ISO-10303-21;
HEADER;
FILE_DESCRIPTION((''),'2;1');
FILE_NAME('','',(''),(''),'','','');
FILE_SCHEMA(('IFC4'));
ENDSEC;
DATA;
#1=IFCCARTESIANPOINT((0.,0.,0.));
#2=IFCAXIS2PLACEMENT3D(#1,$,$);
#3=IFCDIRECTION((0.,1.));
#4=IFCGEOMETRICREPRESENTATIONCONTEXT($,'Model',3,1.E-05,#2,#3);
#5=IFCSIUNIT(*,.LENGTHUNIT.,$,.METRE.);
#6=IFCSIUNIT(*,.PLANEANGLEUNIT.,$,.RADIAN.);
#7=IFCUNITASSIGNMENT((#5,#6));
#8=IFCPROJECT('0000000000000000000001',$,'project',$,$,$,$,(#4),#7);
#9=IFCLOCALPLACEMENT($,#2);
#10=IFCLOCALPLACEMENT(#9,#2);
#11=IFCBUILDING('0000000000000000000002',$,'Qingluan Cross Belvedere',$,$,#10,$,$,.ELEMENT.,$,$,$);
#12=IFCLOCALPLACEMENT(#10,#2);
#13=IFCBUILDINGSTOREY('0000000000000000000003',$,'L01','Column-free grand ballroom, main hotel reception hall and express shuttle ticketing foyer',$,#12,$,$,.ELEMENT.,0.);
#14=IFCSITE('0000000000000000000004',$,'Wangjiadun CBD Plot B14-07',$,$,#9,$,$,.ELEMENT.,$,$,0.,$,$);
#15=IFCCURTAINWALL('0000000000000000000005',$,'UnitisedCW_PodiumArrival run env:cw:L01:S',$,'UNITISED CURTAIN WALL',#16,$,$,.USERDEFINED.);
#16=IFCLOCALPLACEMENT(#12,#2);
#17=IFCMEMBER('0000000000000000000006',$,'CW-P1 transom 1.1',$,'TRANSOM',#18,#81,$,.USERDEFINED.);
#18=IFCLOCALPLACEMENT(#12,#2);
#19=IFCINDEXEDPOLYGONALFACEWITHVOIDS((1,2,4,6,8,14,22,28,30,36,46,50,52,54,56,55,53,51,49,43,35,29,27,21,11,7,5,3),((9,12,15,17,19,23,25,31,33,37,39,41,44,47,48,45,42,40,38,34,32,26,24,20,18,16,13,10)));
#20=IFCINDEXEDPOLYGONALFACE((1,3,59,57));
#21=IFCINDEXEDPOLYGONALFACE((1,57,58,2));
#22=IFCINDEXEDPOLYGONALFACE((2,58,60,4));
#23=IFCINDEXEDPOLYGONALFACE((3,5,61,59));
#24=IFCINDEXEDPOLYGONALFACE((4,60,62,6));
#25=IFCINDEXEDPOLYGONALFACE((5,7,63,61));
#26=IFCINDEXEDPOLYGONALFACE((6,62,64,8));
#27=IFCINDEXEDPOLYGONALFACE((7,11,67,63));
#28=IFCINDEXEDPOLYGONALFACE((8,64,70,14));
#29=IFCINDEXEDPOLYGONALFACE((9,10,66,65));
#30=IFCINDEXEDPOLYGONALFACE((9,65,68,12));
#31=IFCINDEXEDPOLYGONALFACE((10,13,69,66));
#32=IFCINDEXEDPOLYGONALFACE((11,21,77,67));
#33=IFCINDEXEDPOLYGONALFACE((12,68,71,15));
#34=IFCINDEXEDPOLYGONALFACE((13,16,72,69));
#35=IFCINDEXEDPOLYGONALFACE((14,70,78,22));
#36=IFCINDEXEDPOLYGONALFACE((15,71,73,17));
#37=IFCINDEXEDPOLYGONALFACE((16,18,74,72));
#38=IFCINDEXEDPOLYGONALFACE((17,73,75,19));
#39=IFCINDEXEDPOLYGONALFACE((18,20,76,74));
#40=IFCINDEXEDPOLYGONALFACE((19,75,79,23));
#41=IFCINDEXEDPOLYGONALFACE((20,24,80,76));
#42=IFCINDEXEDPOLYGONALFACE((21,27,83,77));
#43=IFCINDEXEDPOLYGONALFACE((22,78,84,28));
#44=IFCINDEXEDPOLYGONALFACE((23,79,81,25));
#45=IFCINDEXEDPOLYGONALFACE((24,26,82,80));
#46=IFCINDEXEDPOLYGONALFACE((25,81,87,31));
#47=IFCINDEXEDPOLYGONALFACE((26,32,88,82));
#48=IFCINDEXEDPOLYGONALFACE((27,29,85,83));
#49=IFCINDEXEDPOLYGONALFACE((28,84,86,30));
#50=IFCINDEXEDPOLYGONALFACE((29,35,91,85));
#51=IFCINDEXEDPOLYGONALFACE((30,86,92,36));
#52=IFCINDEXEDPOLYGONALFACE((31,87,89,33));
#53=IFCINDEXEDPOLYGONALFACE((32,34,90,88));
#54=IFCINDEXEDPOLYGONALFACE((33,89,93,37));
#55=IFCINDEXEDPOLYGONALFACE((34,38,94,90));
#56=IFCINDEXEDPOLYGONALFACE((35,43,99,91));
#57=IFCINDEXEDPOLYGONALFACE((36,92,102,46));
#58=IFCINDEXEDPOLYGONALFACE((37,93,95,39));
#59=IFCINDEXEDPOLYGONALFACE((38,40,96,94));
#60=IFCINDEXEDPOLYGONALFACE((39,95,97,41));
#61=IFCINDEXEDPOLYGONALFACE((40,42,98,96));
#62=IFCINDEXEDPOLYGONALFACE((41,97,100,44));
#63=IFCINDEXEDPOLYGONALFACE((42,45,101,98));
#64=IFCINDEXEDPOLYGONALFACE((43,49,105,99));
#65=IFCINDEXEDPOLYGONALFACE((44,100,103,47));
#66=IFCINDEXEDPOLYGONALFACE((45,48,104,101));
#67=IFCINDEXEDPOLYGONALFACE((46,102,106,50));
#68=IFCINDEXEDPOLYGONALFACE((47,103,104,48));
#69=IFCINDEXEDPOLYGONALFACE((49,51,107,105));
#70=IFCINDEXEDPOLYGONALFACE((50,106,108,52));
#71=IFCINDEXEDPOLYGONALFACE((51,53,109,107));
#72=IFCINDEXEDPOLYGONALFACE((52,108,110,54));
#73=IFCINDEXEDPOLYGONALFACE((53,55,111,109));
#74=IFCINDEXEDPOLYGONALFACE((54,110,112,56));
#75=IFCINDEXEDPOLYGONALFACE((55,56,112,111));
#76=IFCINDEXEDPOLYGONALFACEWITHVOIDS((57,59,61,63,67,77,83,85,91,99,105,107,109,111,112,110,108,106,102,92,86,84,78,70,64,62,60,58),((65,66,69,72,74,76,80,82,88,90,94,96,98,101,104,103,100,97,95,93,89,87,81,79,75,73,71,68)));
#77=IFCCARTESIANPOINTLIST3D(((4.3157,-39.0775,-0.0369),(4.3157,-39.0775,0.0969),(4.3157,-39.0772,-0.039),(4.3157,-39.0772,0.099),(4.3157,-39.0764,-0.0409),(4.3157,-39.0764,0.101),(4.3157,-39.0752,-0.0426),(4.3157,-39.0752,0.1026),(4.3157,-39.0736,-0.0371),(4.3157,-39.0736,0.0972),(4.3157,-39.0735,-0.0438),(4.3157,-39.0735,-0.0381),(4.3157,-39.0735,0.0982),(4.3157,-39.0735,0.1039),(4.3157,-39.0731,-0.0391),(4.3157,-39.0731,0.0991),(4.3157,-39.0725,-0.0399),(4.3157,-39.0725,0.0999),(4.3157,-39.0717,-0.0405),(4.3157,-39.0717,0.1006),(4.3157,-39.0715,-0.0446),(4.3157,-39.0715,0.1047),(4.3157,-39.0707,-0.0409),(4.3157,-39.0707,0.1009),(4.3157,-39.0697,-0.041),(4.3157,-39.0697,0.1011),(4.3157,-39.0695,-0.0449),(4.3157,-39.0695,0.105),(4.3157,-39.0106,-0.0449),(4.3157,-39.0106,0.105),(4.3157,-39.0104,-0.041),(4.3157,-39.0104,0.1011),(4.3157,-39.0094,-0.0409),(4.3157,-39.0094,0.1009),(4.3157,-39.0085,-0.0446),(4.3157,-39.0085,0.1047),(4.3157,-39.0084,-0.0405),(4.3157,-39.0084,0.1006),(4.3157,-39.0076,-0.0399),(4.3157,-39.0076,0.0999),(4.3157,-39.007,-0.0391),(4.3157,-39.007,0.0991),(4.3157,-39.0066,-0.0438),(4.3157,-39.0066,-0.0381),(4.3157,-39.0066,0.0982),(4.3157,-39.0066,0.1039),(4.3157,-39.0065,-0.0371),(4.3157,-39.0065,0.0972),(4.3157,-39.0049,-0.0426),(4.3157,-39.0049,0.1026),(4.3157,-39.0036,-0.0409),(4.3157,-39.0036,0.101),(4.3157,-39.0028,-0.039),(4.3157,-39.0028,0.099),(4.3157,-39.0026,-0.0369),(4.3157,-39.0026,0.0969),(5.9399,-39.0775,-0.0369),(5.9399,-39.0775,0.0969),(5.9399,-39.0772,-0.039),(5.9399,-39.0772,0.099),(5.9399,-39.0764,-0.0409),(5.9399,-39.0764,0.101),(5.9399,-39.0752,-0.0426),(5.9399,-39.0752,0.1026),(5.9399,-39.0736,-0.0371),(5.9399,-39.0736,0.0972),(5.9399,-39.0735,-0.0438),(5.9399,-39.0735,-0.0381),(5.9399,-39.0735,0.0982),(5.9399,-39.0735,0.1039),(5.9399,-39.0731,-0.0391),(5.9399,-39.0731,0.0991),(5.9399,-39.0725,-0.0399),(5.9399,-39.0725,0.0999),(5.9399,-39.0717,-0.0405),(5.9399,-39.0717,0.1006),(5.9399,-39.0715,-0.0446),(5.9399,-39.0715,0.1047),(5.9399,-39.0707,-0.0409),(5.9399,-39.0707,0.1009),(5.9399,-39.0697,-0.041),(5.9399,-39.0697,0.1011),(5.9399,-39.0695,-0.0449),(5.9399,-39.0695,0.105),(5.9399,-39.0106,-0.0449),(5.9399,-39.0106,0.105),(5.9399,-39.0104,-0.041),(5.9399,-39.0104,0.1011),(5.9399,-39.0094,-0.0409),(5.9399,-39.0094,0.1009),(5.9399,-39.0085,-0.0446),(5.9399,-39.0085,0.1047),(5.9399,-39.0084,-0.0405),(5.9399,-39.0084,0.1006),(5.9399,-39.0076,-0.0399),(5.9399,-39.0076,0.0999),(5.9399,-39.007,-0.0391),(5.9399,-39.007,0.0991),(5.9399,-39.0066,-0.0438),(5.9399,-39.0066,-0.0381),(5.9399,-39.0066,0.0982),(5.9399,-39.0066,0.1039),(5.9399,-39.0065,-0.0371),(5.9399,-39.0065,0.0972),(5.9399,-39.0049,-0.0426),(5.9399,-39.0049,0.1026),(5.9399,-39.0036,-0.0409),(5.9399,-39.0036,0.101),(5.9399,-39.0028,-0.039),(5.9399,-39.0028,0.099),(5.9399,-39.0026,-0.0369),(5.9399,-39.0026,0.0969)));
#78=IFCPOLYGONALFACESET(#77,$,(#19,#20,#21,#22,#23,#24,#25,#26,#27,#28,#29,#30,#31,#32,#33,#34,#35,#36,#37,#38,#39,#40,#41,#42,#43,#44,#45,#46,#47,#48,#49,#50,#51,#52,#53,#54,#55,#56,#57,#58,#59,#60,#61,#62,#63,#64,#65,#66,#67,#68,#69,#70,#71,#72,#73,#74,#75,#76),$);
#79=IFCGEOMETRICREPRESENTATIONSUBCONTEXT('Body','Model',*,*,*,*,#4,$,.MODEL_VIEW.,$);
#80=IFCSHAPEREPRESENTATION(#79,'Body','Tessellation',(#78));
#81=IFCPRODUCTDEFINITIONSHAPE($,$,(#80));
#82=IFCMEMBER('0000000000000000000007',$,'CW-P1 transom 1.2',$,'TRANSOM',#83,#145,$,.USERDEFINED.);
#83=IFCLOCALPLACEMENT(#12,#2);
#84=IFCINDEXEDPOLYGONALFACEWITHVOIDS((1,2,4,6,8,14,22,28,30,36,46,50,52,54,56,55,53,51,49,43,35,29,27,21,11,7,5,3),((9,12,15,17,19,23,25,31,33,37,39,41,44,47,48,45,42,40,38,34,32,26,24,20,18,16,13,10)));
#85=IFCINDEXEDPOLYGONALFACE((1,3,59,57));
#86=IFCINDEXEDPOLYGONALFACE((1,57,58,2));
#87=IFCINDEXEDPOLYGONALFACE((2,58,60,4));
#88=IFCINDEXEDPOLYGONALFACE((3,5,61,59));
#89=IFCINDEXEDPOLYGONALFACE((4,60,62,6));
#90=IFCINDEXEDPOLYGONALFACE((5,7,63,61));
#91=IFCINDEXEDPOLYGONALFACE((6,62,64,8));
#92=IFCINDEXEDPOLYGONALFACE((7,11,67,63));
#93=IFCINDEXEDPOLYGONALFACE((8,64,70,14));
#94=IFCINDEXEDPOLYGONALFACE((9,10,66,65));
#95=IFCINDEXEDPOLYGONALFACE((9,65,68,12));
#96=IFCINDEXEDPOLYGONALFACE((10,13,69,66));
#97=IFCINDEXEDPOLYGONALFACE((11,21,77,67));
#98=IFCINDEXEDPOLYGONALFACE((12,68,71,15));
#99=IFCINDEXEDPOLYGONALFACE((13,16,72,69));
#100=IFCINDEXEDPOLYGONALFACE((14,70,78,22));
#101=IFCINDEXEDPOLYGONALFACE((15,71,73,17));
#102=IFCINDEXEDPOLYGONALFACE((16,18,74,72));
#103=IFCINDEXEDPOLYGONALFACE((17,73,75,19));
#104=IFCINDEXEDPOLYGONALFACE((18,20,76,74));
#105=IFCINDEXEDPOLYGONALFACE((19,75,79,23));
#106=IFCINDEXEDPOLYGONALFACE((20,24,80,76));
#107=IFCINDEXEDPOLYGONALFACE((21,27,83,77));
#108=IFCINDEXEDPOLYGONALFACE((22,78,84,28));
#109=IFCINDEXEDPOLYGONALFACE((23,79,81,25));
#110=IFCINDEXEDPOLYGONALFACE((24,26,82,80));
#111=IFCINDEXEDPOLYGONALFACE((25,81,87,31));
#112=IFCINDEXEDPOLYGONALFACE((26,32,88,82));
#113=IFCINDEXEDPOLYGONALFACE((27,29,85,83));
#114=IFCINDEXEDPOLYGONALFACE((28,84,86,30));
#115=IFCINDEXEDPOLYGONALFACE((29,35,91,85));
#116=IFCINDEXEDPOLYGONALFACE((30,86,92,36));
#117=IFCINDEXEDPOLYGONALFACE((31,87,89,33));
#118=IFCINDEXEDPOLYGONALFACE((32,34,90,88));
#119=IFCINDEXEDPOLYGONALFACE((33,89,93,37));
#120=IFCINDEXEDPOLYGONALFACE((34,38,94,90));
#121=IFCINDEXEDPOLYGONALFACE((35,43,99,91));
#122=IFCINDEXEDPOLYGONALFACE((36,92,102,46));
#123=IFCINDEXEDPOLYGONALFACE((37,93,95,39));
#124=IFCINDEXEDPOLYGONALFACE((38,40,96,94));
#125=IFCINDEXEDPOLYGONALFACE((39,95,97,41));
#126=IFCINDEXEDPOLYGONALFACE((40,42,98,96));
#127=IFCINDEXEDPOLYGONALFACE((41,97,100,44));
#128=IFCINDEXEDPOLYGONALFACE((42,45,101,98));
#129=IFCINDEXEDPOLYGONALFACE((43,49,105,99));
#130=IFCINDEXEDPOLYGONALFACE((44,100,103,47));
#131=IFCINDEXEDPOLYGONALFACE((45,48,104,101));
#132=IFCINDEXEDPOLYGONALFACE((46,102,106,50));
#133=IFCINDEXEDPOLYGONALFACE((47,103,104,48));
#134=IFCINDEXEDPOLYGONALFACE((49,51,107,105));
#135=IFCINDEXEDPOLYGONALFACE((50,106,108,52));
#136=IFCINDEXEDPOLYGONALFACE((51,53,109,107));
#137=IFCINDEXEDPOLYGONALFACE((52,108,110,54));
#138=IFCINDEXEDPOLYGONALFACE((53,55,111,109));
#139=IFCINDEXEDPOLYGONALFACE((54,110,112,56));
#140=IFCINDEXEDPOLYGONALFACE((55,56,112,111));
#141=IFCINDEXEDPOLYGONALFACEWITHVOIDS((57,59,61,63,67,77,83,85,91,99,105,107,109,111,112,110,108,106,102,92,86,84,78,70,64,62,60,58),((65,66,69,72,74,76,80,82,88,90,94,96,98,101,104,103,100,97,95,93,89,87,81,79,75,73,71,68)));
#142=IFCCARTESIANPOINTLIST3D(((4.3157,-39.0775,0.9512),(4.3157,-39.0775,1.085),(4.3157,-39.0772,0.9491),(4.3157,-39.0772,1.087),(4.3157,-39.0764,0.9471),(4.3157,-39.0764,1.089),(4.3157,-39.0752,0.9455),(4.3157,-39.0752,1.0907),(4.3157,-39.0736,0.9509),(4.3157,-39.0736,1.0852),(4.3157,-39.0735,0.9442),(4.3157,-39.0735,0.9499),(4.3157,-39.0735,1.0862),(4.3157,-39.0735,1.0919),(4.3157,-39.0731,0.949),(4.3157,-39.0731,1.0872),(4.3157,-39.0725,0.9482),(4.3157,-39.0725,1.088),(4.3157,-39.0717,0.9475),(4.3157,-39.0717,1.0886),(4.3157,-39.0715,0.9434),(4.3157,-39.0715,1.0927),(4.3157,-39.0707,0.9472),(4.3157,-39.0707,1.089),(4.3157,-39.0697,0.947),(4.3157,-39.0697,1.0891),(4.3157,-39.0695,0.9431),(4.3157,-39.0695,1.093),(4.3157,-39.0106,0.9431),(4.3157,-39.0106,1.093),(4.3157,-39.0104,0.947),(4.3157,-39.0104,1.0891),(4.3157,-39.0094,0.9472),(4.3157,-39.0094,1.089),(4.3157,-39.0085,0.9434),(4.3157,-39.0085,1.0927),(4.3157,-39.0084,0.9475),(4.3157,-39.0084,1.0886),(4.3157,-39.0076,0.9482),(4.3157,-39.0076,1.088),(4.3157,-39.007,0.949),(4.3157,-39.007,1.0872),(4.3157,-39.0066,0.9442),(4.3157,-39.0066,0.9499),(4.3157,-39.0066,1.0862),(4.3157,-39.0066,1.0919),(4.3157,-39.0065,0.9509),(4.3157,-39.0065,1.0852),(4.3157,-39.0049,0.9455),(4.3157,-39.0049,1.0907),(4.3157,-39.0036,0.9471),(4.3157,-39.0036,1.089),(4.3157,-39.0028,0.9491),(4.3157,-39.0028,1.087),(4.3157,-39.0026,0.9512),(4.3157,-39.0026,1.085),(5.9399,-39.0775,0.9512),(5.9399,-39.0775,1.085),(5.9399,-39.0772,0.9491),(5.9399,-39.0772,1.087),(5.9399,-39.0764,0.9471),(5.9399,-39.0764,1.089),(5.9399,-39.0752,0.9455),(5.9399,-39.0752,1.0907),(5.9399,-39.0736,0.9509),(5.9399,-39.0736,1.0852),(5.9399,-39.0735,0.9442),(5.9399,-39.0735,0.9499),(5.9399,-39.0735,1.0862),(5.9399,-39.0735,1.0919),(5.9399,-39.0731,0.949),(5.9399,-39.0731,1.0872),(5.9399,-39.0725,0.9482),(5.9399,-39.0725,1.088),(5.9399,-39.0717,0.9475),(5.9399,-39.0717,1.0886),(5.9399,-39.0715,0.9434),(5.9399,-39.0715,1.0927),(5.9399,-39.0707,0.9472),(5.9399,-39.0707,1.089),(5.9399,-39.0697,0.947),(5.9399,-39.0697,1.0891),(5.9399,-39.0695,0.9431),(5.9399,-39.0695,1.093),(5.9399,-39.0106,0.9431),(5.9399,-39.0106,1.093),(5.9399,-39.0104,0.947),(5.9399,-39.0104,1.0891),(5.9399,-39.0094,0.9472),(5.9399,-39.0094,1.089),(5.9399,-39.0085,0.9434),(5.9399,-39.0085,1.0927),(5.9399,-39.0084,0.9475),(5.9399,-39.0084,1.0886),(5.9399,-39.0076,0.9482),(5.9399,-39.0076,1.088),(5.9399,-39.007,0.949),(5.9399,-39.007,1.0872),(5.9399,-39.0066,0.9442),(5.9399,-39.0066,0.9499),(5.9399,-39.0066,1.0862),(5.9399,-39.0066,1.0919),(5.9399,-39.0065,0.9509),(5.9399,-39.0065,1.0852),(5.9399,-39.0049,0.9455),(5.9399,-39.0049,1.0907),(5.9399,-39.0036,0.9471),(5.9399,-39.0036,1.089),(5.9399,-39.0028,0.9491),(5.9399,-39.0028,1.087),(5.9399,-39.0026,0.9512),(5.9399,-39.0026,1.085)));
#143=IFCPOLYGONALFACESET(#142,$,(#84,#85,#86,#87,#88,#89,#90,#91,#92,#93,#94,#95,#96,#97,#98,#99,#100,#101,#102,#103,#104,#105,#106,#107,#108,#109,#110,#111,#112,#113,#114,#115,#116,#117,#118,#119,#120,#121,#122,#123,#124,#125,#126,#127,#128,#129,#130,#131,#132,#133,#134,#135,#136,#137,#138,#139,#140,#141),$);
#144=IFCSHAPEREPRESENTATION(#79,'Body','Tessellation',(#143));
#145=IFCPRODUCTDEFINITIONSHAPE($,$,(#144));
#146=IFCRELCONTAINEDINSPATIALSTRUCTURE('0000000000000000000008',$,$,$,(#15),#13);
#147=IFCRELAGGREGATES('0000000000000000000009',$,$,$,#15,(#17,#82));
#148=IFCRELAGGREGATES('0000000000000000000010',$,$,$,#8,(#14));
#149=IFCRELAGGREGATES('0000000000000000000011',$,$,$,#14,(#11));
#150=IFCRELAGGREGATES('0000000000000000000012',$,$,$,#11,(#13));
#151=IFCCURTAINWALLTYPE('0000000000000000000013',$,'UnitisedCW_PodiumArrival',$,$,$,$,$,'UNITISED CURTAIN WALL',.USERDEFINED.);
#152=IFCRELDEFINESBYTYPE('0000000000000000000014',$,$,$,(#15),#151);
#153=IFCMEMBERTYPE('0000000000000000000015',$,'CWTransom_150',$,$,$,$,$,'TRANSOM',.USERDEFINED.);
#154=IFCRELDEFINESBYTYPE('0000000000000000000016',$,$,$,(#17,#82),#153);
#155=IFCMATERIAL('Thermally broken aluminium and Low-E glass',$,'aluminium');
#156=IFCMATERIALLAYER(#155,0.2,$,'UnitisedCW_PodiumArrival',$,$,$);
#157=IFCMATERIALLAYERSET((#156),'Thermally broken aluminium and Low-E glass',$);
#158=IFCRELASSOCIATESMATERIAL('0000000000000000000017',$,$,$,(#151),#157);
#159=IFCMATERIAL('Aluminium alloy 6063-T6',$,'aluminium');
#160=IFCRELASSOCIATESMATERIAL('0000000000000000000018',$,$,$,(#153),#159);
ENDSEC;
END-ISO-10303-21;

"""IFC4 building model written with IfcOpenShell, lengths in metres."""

from ifc_helpers import new_model, si_unit, direction, frame, origin, origin_2d, place, context, subcontext, project, spatial, hollow_rectangle, extrude, material, layer, layer_set, material_profile, profile_set, type_object, element, aggregate, save


model = new_model("IFC4")

# Units and contexts
model_context = context("Model", 3, precision=1e-05, world=origin(), true_north=direction((0.0, 1.0)))
body_context = subcontext(model_context, "Body", "Model", "MODEL_VIEW")
ifc_project = project(units=[si_unit("LENGTHUNIT", "METRE"), si_unit("PLANEANGLEUNIT", "RADIAN")], contexts=[model_context])

# Site, building, storey
site_placement = place(None, origin())
site = spatial("IfcSite", under=ifc_project, at=site_placement, Name="Wangjiadun CBD Plot B14-07", CompositionType="ELEMENT", RefElevation=0.0)
building_placement = place(site_placement, origin())
building = spatial("IfcBuilding", under=site, at=building_placement, Name="Qingluan Cross Belvedere", CompositionType="ELEMENT")
storey_placement = place(building_placement, origin())
storey = spatial("IfcBuildingStorey", under=building, at=storey_placement, Name="L01", Description="Column-free grand ballroom, main hotel reception hall and express shuttle ticketing foyer", CompositionType="ELEMENT", Elevation=0.0)

# Curtain wall, members
ifc_material_1 = material(Name="Thermally broken aluminium and Low-E glass", Category="aluminium")
ifc_layer_1 = layer(ifc_material_1, 0.2, Name="UnitisedCW_PodiumArrival")
ifc_layer_set_1 = layer_set([ifc_layer_1], Name="Thermally broken aluminium and Low-E glass")
curtain_wall_type = type_object("IfcCurtainWallType", Name="UnitisedCW_PodiumArrival", ElementType="UNITISED CURTAIN WALL", PredefinedType="USERDEFINED", material=ifc_layer_set_1)
curtain_wall_placement = place(storey_placement, origin())
curtain_wall = element("IfcCurtainWall", 1, at=curtain_wall_placement, inside=storey, type_object=curtain_wall_type, Name="UnitisedCW_PodiumArrival run env:cw:L01:S", ObjectType="UNITISED CURTAIN WALL", PredefinedType="USERDEFINED")
ifc_material_2 = material(Name="Aluminium alloy 6063-T6", Category="aluminium")
ifc_material_profile_1 = material_profile(ifc_material_2, hollow_rectangle(XDim=0.075, YDim=0.1499, WallThickness=0.0039, InnerFilletRadius=0.0039, OuterFilletRadius=0.0081, at=origin_2d()), Name="CWT150x75x4")
ifc_profile_set_1 = profile_set([ifc_material_profile_1], Name="Aluminium alloy 6063-T6")
member_type_1 = type_object("IfcMemberType", Name="CWTransom_150", ElementType="TRANSOM", PredefinedType="USERDEFINED", material=ifc_profile_set_1)
member_1_placement = place(storey_placement, frame((5.9399, -39.04, 0.03), z_axis=(-1.0, 0.0, 0.0), x_axis=(0.0, -1.0, 0.0)))
member_1 = element("IfcMember", 2, at=member_1_placement, type_object=member_type_1, Name="CW-P1 transom 1.1", ObjectType="TRANSOM", PredefinedType="USERDEFINED", context=body_context, shape_type="SweptSolid", body=[
    extrude(hollow_rectangle(XDim=0.075, YDim=0.1499, WallThickness=0.0039, InnerFilletRadius=0.0039, OuterFilletRadius=0.0081, at=origin_2d()), origin(), (0.0, 0.0, 1.0), 1.6243),
])
member_2_placement = place(storey_placement, frame((5.9399, -39.04, 1.0181), z_axis=(-1.0, 0.0, 0.0), x_axis=(0.0, -1.0, 0.0)))
member_2 = element("IfcMember", 3, at=member_2_placement, type_object=member_type_1, Name="CW-P1 transom 1.2", ObjectType="TRANSOM", PredefinedType="USERDEFINED", context=body_context, shape_type="SweptSolid", body=[
    extrude(hollow_rectangle(XDim=0.075, YDim=0.1499, WallThickness=0.0039, InnerFilletRadius=0.0039, OuterFilletRadius=0.0081, at=origin_2d()), origin(), (0.0, 0.0, 1.0), 1.6243),
])
aggregate(curtain_wall, [member_1, member_2])

save(model, "model.ifc")
